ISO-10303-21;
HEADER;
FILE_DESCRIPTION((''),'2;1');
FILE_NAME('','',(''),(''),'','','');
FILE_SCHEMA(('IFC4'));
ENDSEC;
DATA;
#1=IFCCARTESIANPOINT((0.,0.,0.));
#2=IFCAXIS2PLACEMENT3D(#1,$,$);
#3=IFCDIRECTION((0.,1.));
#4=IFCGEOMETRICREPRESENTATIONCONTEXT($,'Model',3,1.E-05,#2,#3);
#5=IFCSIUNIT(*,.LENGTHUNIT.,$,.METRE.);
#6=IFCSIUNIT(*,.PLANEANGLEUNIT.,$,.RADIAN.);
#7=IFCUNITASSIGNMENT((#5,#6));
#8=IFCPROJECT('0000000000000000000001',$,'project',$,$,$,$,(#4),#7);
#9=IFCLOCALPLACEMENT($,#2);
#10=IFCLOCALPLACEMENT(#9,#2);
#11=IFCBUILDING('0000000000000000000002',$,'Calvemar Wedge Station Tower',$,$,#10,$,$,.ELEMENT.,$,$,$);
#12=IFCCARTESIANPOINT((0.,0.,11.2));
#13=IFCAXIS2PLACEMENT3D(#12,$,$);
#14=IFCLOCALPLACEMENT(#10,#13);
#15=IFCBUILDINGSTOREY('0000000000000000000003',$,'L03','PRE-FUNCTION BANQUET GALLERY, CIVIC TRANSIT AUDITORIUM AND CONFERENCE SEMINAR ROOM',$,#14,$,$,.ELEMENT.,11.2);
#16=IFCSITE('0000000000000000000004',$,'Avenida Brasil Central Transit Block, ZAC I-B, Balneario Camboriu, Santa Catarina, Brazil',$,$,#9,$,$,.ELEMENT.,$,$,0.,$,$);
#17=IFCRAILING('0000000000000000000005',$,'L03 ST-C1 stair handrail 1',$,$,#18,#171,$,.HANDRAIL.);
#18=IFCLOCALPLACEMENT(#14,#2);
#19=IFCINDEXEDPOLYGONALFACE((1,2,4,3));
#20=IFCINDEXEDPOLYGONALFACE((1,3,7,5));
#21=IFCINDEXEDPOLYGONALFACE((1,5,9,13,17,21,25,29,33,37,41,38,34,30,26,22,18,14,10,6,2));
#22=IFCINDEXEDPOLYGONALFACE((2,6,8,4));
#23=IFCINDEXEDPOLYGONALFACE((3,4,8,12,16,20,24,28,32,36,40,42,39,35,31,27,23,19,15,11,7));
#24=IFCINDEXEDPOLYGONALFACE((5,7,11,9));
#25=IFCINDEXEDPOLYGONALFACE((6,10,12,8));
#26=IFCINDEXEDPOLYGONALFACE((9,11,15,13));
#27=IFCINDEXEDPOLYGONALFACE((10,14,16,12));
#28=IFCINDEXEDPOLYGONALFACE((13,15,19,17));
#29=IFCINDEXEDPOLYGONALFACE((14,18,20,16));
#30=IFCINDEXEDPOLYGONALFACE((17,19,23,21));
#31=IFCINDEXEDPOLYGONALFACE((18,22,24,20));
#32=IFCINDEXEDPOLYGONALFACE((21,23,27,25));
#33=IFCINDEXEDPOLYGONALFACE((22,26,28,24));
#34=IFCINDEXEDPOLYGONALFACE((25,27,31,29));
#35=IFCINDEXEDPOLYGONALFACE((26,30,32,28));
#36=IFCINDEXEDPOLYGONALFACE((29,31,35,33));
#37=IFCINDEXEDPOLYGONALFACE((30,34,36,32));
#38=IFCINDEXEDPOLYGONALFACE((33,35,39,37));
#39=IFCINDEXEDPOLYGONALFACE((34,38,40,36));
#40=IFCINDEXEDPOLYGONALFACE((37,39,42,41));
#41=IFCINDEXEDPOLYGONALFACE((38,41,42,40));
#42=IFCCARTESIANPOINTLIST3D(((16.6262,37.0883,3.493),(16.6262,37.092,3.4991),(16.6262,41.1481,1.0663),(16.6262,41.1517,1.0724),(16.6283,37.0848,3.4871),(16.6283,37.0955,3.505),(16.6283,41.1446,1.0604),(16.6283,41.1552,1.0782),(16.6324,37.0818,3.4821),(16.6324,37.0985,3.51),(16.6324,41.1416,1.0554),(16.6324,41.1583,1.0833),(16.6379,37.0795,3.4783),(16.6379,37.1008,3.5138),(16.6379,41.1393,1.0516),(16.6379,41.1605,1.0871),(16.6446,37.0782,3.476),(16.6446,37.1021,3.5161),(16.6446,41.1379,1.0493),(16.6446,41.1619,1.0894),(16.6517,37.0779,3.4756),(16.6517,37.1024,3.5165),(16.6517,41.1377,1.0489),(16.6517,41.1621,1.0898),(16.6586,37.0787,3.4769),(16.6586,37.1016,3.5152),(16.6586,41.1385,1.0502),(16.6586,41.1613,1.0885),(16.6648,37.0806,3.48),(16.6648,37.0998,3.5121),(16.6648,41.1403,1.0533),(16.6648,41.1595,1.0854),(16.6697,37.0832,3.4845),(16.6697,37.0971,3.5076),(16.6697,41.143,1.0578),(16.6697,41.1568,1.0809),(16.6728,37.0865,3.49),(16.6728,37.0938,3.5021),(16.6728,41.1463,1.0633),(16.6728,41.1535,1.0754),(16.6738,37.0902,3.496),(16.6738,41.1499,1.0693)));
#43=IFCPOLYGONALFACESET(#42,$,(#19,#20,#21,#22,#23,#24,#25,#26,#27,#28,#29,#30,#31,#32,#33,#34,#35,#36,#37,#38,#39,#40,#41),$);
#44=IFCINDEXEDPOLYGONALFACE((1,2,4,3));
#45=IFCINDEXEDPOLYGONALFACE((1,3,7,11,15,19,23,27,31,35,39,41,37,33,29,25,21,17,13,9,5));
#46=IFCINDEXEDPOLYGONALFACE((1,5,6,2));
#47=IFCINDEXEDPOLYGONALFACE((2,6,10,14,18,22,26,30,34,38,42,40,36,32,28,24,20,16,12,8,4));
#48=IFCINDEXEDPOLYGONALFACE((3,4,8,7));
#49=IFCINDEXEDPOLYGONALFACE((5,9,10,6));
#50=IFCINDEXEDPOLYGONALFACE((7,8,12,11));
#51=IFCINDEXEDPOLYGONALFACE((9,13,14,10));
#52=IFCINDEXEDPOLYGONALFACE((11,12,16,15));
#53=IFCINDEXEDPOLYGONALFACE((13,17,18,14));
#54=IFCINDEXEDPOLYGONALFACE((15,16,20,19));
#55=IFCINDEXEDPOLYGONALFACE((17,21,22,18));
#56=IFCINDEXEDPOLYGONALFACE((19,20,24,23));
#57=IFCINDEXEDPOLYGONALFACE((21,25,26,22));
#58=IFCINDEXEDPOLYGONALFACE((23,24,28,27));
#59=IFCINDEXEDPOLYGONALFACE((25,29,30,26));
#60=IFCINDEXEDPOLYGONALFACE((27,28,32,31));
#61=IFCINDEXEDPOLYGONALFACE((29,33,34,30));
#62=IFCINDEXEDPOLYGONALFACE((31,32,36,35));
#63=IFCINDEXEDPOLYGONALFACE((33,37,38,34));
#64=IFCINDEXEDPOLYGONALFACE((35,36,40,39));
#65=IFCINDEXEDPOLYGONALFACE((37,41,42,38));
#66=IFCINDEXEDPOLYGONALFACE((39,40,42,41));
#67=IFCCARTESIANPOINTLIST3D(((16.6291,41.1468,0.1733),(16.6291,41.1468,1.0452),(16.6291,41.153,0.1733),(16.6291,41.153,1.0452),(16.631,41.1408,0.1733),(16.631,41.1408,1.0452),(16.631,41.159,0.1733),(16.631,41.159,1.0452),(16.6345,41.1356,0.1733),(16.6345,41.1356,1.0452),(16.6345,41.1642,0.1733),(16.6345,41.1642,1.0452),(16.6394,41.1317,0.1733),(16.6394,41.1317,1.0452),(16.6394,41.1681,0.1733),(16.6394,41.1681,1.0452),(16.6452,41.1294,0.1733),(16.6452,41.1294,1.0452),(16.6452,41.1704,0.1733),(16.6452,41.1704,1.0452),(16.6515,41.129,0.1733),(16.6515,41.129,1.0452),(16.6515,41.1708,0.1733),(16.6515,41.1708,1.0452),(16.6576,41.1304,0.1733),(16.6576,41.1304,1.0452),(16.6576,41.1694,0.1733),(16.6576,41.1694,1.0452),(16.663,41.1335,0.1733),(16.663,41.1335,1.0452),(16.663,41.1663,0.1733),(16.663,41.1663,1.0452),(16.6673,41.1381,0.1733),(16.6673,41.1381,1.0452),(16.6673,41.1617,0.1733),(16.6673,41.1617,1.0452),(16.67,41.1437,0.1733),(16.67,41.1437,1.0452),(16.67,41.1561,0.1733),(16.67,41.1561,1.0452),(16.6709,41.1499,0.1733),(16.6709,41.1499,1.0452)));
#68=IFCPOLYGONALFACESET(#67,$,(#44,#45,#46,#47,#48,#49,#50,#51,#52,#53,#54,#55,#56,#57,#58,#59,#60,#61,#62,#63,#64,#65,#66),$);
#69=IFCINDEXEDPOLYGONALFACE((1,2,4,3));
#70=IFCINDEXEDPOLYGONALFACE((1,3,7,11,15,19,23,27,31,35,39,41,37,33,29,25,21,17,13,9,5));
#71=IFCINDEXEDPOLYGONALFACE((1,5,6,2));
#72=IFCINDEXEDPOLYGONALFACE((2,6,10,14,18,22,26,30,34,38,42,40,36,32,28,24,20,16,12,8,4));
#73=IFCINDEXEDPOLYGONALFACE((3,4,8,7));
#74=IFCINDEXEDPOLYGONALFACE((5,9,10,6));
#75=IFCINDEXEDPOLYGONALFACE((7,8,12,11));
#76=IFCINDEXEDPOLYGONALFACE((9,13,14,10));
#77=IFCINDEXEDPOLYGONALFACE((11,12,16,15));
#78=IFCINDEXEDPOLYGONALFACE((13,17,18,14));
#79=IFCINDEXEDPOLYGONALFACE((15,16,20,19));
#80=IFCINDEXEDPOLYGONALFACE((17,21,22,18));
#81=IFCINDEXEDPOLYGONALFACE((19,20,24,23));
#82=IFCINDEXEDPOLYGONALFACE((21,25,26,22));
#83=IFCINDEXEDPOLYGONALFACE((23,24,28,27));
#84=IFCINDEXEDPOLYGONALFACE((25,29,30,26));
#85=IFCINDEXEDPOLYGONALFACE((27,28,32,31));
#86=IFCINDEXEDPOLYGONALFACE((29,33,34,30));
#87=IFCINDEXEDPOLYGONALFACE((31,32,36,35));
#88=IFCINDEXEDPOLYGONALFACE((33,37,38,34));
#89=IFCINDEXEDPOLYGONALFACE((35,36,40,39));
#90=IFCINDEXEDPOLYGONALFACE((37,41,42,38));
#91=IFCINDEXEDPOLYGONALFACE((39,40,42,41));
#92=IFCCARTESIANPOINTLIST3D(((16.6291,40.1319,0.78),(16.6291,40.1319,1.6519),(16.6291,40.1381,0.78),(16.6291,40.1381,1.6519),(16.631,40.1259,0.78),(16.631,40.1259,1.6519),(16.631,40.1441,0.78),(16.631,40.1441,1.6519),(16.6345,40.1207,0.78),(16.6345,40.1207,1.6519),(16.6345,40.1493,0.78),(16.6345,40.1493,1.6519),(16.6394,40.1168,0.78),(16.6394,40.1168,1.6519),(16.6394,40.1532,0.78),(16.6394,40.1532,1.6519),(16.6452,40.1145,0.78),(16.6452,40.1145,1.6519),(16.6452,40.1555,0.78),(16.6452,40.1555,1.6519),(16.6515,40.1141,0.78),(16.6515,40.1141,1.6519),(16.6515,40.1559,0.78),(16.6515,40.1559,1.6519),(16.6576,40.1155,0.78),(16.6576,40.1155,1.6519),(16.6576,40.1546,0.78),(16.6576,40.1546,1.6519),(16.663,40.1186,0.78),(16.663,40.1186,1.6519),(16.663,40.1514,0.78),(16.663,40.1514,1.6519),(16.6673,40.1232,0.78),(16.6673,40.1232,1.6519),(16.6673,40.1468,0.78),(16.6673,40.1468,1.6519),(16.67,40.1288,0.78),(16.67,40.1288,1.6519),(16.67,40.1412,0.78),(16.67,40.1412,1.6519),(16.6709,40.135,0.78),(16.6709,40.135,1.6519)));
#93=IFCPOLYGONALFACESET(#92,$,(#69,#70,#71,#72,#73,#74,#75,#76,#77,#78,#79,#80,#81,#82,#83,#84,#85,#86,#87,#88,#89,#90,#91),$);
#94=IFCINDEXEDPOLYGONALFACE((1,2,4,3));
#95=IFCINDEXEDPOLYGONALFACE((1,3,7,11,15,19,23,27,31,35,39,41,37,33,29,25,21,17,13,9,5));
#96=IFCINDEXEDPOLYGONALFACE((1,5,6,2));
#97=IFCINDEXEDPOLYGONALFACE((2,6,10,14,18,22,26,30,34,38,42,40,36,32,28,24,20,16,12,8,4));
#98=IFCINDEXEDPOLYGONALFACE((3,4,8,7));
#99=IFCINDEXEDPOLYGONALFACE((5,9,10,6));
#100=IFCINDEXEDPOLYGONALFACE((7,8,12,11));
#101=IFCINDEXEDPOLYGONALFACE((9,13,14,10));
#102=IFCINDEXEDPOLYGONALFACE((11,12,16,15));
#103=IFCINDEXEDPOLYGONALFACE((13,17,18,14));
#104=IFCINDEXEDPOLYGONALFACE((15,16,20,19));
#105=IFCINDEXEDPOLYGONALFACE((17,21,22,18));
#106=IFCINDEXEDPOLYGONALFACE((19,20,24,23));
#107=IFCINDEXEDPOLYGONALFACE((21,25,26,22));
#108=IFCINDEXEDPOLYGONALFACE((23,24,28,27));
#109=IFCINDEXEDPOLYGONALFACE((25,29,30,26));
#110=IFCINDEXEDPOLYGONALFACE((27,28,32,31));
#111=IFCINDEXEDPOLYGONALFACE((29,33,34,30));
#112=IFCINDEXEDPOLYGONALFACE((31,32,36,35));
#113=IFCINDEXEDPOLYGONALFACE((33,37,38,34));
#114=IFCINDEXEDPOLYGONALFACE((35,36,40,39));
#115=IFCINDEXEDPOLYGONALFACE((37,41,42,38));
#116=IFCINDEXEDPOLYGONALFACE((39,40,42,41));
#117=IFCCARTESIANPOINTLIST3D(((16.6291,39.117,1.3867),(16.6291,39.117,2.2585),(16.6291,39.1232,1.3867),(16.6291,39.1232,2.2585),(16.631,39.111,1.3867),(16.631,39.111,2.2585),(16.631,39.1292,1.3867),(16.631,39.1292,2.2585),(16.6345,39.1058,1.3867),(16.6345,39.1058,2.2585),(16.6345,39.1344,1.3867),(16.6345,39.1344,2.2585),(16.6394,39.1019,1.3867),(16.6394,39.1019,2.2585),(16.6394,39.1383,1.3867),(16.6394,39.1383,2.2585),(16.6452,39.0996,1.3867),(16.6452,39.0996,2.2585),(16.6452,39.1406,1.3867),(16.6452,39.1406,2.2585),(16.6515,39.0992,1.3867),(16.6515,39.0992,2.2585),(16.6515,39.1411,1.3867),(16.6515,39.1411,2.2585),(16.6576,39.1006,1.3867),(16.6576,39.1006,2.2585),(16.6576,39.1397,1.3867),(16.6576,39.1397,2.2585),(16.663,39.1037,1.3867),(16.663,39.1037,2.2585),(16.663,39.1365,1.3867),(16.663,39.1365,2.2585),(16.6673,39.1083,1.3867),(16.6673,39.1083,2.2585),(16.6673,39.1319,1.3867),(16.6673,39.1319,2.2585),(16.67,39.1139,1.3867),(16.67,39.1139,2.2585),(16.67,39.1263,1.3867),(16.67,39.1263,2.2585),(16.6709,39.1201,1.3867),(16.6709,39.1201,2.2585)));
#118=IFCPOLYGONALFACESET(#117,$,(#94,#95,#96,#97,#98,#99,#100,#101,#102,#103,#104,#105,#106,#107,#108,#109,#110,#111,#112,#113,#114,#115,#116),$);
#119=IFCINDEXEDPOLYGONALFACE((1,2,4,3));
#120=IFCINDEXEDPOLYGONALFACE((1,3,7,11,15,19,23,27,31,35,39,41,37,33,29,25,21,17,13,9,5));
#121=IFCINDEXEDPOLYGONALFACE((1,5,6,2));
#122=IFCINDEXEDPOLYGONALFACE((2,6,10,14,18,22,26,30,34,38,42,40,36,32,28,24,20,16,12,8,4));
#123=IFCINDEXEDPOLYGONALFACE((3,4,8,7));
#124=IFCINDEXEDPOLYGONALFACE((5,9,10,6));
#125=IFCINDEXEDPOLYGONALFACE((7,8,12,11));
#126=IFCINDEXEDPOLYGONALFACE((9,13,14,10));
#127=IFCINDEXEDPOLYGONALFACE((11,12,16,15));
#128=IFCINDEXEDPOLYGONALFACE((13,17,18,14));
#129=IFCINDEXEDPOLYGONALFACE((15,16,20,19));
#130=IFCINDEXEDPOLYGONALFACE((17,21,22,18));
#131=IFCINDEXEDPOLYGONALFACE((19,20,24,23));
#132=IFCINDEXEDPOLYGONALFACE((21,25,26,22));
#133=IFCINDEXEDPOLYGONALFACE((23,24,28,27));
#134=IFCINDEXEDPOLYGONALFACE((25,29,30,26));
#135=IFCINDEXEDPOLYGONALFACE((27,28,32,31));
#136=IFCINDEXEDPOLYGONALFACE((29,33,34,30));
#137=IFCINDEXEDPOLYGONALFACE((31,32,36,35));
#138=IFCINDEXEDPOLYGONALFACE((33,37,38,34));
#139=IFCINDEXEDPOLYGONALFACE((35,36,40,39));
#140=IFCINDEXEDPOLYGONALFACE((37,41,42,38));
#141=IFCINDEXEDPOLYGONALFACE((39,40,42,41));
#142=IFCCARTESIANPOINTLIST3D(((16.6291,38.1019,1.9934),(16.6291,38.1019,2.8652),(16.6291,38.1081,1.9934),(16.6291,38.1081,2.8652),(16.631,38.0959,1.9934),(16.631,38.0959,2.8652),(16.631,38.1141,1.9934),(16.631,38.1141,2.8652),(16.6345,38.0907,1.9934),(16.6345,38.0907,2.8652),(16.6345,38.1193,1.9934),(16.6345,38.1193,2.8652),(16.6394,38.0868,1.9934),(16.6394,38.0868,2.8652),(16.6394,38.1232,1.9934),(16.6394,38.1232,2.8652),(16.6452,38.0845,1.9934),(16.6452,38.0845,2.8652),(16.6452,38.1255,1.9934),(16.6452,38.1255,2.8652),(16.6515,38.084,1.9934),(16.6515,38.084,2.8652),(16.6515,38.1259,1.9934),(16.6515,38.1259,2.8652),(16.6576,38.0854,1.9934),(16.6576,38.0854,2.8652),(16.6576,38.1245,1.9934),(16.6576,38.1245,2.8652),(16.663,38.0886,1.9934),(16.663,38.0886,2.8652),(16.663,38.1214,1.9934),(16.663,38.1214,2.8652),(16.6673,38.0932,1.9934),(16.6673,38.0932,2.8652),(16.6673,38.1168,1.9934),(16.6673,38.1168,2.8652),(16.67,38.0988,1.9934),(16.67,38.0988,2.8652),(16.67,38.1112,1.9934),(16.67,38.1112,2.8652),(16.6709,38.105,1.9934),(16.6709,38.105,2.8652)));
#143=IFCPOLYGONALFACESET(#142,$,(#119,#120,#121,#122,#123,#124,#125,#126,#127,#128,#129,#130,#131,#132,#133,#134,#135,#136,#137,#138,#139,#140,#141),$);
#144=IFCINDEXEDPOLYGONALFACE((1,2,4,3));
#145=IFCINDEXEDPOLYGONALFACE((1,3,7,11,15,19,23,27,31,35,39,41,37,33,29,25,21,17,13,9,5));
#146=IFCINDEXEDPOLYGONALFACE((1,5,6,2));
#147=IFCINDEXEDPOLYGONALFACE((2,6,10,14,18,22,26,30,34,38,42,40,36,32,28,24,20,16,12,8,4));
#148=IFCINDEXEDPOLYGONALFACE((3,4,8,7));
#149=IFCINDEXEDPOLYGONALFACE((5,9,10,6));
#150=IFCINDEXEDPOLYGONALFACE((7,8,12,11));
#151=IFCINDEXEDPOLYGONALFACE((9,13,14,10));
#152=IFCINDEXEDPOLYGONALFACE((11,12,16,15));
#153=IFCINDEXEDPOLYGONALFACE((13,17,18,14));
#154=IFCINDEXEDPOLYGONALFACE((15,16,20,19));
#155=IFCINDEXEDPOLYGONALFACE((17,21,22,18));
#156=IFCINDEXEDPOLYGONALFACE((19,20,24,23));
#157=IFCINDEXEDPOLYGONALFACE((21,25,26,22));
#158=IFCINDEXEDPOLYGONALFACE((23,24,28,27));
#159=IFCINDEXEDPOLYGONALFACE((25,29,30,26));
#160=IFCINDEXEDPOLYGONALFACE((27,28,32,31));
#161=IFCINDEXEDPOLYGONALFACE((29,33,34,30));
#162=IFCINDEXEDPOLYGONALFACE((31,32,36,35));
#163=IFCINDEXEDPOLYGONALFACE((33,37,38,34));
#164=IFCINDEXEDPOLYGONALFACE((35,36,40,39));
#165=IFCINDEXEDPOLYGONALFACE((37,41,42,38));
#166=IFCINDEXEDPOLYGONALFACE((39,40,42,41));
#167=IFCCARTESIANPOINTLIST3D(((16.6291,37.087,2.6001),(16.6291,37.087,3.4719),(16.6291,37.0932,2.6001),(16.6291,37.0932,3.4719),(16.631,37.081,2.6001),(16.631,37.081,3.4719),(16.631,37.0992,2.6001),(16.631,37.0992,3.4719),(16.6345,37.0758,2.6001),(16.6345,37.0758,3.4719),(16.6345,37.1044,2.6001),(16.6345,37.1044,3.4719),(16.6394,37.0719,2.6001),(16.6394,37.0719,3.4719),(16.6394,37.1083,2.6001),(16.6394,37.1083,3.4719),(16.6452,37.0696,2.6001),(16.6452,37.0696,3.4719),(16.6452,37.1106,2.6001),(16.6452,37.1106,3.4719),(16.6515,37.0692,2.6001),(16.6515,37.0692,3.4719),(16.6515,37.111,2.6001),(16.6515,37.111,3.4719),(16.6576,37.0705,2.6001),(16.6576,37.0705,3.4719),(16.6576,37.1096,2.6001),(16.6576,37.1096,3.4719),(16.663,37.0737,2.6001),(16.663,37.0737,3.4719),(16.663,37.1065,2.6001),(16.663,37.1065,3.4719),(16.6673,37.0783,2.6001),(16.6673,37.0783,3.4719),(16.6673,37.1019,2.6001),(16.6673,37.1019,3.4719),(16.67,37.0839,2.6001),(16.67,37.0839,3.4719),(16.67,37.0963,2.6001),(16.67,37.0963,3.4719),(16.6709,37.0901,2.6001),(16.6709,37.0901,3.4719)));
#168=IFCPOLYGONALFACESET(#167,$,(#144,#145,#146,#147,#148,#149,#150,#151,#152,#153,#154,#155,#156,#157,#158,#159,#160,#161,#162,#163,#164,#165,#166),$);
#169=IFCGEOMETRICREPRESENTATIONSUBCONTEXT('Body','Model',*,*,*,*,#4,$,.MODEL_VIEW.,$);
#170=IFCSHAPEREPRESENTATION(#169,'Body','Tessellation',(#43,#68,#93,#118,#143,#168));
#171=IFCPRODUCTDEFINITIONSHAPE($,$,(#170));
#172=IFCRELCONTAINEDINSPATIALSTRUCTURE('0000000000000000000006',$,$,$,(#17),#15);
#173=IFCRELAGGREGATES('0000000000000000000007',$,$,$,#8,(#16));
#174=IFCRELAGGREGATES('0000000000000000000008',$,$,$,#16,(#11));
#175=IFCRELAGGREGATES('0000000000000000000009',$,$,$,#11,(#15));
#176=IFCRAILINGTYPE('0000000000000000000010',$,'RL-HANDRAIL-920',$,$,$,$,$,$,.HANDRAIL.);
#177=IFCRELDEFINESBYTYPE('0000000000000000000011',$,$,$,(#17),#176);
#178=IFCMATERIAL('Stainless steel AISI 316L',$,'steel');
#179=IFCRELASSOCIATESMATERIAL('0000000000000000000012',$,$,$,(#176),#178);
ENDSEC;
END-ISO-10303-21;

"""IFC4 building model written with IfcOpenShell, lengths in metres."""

from ifc_helpers import new_model, si_unit, direction, frame, origin, origin_2d, place, context, subcontext, project, spatial, circle, extrude, material, type_object, element, save


model = new_model("IFC4")

# Units and contexts
model_context = context("Model", 3, precision=1e-05, world=origin(), true_north=direction((0.0, 1.0)))
body_context = subcontext(model_context, "Body", "Model", "MODEL_VIEW")
ifc_project = project(units=[si_unit("LENGTHUNIT", "METRE"), si_unit("PLANEANGLEUNIT", "RADIAN")], contexts=[model_context])

# Site, building, storey
site_placement = place(None, origin())
site = spatial("IfcSite", under=ifc_project, at=site_placement, Name="Avenida Brasil Central Transit Block, ZAC I-B, Balneario Camboriu, Santa Catarina, Brazil", CompositionType="ELEMENT", RefElevation=0.0)
building_placement = place(site_placement, origin())
building = spatial("IfcBuilding", under=site, at=building_placement, Name="Calvemar Wedge Station Tower", CompositionType="ELEMENT")
storey_placement = place(building_placement, frame((0.0, 0.0, 11.2)))
storey = spatial("IfcBuildingStorey", under=building, at=storey_placement, Name="L03", Description="PRE-FUNCTION BANQUET GALLERY, CIVIC TRANSIT AUDITORIUM AND CONFERENCE SEMINAR ROOM", CompositionType="ELEMENT", Elevation=11.2)

# Railing
ifc_material_1 = material(Name="Stainless steel AISI 316L", Category="steel")
railing_type_1 = type_object("IfcRailingType", Name="RL-HANDRAIL-920", PredefinedType="HANDRAIL", material=ifc_material_1)
railing_1_placement = place(storey_placement, frame((16.6499, 41.1499, 0.1733)))
element("IfcRailing", 1, at=railing_1_placement, inside=storey, type_object=railing_type_1, Name="L03 ST-C1 stair handrail 1", PredefinedType="HANDRAIL", context=body_context, shape_type="SweptSolid", body=[
    extrude(circle(Radius=0.0239, at=origin_2d()), frame((0.0, 0.0, 0.896), z_axis=(0.0, -0.858343, 0.513076), x_axis=(1.0, 0.0, 0.0)), (0.0, 0.0, 1.0), 4.7297),
    extrude(circle(Radius=0.021, at=origin_2d()), origin(), (0.0, 0.0, 1.0), 0.8718),
    extrude(circle(Radius=0.021, at=origin_2d()), frame((0.0, -1.0149, 0.6067)), (0.0, 0.0, 1.0), 0.8718),
    extrude(circle(Radius=0.021, at=origin_2d()), frame((0.0, -2.0298, 1.2134)), (0.0, 0.0, 1.0), 0.8718),
    extrude(circle(Radius=0.021, at=origin_2d()), frame((0.0, -3.0449, 1.8201)), (0.0, 0.0, 1.0), 0.8718),
    extrude(circle(Radius=0.021, at=origin_2d()), frame((0.0, -4.0598, 2.4268)), (0.0, 0.0, 1.0), 0.8718),
])

save(model, "model.ifc")
